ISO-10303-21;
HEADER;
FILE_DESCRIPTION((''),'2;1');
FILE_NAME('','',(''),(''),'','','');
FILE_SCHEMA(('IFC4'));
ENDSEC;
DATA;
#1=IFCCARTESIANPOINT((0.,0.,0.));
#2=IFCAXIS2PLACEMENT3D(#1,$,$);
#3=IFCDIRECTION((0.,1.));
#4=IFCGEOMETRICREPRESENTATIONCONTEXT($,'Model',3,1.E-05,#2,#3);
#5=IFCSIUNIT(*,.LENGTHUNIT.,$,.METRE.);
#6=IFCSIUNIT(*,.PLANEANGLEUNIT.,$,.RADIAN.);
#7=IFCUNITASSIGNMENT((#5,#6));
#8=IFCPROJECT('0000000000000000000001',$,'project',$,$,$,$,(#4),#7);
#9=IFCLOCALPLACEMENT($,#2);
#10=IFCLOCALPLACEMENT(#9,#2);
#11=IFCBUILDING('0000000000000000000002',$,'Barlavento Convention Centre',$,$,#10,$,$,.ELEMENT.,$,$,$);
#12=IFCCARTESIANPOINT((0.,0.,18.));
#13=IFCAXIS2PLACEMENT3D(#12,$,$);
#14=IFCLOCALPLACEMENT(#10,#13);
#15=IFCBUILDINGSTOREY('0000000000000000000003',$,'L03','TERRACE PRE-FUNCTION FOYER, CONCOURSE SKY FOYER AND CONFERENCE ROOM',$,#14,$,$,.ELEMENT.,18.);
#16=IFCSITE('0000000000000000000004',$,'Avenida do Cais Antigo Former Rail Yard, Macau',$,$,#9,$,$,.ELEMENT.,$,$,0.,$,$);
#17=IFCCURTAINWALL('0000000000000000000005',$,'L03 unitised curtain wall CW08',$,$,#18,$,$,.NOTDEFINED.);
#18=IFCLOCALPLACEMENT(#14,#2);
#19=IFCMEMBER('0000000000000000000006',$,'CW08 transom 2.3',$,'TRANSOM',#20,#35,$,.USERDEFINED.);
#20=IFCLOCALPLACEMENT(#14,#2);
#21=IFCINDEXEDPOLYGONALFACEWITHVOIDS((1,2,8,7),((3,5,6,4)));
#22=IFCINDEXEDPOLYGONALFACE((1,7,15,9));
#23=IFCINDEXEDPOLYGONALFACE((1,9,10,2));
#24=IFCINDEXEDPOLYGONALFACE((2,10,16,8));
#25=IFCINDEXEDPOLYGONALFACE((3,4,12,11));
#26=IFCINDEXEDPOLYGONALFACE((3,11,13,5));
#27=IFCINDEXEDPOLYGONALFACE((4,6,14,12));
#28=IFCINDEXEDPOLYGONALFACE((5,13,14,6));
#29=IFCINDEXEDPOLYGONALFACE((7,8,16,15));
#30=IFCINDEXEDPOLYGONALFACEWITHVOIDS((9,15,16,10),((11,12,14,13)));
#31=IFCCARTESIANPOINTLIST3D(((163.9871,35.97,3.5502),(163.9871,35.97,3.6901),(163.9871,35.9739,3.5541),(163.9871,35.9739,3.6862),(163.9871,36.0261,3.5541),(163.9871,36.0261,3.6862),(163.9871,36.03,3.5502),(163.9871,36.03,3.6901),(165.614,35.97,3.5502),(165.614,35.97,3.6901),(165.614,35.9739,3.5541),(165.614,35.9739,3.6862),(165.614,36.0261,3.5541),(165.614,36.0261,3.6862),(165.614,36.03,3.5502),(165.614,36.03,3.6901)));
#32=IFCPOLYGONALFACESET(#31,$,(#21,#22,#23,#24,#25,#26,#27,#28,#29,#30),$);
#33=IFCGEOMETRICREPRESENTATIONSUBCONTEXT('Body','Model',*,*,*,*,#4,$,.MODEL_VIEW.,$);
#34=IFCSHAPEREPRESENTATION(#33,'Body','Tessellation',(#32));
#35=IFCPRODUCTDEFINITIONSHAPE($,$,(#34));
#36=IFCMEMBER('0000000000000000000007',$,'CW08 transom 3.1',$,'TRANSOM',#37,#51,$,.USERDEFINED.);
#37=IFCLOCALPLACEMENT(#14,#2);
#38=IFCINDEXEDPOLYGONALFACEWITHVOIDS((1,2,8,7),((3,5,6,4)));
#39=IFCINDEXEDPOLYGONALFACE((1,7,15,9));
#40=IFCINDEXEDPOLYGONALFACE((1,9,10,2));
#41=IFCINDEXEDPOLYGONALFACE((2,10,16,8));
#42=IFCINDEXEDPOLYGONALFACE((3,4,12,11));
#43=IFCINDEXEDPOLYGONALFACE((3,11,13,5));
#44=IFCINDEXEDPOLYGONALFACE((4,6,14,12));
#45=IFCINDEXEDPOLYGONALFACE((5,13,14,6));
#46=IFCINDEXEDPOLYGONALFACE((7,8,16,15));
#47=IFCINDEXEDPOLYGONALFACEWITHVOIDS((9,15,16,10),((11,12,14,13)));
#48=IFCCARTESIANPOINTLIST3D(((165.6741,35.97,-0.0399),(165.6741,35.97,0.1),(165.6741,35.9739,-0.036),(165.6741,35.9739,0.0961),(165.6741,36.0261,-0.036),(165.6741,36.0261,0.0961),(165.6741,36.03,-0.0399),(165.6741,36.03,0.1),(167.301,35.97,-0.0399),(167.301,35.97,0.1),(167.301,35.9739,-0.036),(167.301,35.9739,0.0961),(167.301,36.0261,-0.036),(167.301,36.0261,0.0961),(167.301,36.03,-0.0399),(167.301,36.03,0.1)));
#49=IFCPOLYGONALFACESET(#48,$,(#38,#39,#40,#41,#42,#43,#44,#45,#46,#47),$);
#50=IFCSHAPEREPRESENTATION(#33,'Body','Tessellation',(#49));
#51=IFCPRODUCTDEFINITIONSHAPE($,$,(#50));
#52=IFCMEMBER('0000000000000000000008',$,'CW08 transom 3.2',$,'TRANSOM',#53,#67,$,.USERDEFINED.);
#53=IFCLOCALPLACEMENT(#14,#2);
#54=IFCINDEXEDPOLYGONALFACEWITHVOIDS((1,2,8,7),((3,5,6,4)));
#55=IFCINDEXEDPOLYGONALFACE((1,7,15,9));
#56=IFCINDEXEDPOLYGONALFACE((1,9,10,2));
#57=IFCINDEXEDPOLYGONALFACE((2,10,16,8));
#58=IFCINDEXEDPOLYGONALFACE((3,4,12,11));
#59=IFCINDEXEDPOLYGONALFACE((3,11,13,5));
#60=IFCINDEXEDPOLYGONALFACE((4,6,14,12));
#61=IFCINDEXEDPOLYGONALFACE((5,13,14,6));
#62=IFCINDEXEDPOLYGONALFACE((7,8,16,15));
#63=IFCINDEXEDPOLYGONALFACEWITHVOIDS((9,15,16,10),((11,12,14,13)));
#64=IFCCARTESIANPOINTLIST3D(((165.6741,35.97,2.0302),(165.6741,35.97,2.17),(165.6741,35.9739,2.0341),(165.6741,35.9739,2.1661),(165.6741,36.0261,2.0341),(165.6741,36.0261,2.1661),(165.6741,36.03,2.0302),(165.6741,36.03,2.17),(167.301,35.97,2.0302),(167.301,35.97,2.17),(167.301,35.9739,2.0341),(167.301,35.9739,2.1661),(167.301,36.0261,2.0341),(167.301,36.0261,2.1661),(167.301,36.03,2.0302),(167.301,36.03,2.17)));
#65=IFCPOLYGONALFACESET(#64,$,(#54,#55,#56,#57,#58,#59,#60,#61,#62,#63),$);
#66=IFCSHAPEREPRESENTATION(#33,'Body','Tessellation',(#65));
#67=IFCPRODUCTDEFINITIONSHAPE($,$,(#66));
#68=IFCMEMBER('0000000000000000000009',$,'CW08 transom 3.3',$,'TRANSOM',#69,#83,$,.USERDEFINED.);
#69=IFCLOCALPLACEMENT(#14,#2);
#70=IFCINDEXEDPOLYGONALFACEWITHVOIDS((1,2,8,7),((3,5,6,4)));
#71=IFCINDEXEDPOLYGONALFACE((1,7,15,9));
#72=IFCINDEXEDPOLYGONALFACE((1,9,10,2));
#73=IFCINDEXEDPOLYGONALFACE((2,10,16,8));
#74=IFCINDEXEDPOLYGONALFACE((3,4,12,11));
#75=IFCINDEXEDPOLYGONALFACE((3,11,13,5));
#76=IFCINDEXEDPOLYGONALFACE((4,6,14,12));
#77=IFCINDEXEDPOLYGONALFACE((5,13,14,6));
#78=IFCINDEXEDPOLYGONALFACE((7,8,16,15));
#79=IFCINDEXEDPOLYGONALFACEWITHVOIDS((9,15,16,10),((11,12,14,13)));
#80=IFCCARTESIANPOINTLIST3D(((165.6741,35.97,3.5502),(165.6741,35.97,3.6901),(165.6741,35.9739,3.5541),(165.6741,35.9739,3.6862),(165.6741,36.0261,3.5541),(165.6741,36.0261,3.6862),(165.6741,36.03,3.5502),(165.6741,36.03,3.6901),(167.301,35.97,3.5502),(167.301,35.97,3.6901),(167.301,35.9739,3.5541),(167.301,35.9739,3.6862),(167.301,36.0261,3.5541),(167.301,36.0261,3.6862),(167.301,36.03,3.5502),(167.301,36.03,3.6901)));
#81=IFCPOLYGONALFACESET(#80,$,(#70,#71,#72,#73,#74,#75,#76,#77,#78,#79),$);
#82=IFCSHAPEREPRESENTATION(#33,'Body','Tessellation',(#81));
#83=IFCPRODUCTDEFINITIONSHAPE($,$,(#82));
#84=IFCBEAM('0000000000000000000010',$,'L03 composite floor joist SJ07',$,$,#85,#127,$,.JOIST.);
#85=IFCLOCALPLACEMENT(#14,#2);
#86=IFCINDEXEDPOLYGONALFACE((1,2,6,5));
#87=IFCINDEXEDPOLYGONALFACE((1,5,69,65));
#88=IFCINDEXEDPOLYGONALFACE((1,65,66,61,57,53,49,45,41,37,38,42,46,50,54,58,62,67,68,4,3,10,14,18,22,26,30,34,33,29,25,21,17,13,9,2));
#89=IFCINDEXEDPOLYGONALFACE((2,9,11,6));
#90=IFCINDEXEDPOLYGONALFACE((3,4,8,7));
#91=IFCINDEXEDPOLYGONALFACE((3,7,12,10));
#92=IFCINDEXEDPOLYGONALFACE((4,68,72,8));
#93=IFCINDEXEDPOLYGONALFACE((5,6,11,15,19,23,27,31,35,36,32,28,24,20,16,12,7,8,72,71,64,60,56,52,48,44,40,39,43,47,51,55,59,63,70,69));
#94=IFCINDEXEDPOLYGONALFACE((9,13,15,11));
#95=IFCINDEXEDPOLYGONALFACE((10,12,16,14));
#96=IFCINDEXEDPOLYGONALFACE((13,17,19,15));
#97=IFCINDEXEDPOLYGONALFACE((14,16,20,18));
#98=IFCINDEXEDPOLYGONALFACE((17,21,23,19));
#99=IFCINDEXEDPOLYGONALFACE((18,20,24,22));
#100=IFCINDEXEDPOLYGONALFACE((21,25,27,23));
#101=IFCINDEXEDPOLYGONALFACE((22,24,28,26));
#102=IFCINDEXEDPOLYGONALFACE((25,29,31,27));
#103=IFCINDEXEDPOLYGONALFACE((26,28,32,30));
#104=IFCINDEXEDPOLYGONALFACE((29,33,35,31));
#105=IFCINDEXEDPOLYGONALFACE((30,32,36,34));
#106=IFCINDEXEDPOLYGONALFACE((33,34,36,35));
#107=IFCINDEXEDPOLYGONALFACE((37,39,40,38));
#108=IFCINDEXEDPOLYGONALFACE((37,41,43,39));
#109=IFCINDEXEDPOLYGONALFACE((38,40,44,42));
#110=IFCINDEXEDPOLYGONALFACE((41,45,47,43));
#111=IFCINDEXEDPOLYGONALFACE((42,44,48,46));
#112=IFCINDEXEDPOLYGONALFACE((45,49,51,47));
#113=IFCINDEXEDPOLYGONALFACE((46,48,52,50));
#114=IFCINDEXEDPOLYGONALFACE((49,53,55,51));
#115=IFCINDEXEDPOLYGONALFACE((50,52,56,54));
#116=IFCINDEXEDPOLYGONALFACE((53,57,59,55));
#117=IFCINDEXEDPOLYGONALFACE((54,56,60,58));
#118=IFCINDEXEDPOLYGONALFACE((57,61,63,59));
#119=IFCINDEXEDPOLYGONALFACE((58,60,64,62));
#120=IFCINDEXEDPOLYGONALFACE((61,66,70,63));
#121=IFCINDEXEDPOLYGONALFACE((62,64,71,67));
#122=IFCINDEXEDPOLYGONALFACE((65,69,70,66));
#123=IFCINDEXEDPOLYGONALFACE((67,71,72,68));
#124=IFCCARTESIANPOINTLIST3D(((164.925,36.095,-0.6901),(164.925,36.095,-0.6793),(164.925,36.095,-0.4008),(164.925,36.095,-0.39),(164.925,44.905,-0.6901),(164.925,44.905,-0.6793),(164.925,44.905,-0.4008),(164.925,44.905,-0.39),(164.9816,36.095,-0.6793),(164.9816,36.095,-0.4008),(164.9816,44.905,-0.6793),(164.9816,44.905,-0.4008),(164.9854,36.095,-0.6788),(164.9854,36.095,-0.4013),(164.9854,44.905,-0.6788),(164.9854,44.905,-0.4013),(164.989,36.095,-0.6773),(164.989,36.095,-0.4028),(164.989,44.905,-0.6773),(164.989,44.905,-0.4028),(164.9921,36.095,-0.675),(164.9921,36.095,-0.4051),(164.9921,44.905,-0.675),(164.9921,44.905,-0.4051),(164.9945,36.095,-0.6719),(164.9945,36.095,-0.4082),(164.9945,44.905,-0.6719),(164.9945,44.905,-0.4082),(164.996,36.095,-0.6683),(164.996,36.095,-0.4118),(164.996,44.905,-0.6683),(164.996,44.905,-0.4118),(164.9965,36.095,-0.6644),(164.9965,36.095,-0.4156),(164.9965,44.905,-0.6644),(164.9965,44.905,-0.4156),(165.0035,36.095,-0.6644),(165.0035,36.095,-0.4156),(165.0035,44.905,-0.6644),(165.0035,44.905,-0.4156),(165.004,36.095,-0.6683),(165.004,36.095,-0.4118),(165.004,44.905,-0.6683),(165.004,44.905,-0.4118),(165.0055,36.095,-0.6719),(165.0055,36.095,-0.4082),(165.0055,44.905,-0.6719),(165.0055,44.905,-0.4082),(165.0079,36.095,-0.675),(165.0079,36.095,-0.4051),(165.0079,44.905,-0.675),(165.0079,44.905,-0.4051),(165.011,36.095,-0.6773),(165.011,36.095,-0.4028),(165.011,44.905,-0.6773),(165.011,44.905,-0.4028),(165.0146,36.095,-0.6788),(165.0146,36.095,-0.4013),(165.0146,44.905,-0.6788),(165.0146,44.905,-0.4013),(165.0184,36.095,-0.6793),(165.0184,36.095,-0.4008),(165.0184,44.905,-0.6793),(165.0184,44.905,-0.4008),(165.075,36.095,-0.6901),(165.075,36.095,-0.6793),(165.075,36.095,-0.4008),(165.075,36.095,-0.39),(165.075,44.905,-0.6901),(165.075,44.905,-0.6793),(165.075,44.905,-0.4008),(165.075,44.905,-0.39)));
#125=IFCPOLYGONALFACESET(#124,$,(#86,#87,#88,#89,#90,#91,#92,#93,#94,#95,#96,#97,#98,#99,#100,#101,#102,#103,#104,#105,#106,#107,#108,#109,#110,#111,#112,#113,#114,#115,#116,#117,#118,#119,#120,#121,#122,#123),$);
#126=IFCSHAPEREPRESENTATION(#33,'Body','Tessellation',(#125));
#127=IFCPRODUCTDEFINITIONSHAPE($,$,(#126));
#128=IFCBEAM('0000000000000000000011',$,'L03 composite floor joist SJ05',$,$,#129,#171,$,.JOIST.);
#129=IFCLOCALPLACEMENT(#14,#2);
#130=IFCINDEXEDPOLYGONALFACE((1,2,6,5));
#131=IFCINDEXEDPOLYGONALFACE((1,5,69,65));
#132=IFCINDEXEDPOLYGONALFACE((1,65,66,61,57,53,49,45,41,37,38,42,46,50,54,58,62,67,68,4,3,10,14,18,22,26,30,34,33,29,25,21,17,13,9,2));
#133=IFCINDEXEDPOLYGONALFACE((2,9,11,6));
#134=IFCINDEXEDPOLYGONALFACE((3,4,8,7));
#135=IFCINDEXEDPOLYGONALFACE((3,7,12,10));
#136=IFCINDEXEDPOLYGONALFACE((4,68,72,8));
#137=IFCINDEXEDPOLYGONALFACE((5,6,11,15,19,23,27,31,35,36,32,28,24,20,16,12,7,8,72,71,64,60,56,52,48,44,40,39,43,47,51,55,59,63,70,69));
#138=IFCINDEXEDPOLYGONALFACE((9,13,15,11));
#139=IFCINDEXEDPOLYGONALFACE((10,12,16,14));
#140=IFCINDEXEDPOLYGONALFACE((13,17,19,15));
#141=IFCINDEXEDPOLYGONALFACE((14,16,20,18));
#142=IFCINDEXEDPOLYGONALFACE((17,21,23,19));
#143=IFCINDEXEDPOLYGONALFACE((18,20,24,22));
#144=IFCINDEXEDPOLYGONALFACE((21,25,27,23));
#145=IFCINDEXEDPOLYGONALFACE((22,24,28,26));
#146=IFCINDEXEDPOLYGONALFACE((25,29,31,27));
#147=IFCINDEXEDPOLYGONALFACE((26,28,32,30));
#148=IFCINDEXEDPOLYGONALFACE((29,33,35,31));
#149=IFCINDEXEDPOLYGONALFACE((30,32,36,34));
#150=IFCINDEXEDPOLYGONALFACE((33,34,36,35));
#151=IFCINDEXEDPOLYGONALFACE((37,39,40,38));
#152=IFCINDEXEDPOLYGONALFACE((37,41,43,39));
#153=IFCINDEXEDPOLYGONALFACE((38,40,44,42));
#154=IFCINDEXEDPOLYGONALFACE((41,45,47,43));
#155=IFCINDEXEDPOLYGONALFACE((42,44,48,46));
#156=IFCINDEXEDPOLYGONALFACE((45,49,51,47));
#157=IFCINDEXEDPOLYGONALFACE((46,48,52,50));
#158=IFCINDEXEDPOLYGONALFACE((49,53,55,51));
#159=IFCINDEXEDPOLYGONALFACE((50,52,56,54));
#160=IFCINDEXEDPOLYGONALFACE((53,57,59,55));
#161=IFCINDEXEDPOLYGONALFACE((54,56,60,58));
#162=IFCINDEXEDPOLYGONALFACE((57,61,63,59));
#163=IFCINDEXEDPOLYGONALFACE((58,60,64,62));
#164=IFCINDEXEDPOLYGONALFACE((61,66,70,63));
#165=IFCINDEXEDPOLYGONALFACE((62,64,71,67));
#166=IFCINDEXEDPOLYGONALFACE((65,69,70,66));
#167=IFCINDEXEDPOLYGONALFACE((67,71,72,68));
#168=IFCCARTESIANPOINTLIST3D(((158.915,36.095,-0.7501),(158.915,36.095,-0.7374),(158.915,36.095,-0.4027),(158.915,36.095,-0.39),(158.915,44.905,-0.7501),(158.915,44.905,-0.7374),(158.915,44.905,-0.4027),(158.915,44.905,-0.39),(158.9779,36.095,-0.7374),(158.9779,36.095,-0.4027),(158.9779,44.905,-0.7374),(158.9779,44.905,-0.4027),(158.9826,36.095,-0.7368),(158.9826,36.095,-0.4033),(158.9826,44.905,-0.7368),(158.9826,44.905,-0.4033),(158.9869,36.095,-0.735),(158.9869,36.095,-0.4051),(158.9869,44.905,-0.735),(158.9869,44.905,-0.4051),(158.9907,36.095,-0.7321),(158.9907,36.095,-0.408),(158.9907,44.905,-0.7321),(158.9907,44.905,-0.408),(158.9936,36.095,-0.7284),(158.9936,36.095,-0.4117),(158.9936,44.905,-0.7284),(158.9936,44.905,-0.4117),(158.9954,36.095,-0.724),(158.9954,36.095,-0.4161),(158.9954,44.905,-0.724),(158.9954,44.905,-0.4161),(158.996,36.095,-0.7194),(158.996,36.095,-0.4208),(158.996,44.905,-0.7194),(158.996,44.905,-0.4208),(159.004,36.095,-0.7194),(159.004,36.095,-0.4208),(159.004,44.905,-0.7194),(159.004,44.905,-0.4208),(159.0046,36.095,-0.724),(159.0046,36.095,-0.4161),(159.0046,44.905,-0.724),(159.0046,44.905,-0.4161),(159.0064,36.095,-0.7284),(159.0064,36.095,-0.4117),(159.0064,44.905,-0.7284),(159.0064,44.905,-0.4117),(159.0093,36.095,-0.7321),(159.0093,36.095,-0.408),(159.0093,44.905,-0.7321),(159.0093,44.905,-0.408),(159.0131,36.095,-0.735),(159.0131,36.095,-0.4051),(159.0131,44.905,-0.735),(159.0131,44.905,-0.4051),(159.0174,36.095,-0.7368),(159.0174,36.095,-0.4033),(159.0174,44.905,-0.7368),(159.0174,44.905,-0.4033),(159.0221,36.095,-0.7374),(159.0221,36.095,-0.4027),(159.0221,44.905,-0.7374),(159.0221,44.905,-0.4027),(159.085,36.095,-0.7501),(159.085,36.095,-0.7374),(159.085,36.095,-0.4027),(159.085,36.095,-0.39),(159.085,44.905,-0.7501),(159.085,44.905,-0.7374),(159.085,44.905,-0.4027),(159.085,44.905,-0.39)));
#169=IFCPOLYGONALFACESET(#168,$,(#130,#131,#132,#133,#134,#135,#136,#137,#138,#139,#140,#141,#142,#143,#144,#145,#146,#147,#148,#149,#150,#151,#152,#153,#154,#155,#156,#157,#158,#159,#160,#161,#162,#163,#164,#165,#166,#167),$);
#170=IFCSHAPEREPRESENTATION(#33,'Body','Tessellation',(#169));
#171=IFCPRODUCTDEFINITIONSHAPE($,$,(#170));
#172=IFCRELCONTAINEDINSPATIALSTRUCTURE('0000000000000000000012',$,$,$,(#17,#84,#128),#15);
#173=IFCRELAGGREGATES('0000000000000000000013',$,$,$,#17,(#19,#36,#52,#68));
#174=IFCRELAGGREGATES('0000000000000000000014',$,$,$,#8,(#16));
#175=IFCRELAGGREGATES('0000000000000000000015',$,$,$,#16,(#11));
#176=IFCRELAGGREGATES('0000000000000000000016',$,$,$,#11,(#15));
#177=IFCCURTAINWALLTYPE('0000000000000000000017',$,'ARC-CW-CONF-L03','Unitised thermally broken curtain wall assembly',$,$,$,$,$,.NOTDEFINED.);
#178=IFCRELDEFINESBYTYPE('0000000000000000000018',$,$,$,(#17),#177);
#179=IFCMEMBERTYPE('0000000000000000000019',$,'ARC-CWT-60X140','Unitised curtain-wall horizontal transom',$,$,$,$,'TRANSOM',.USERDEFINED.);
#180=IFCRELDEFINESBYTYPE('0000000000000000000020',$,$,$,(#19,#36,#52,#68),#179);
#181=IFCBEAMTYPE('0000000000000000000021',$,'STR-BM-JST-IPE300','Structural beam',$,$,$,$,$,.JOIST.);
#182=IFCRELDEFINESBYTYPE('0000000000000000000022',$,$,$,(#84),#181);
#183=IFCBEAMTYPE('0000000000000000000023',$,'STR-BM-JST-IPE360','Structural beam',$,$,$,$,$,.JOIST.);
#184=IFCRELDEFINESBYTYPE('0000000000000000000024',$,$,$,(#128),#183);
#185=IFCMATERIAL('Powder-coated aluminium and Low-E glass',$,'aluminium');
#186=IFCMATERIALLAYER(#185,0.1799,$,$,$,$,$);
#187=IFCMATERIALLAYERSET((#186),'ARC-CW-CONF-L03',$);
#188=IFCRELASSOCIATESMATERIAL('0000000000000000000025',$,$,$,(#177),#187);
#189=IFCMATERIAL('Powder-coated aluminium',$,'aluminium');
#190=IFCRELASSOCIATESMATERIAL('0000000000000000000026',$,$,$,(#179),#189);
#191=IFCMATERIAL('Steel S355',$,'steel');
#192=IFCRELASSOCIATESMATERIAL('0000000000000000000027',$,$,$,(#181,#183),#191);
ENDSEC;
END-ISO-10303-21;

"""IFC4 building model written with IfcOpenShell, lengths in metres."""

from ifc_helpers import new_model, si_unit, direction, frame, origin, origin_2d, place, context, subcontext, project, spatial, hollow_rectangle, i_section, extrude, material, layer, layer_set, material_profile, profile_set, type_object, element, aggregate, save


model = new_model("IFC4")

# Units and contexts
model_context = context("Model", 3, precision=1e-05, world=origin(), true_north=direction((0.0, 1.0)))
body_context = subcontext(model_context, "Body", "Model", "MODEL_VIEW")
ifc_project = project(units=[si_unit("LENGTHUNIT", "METRE"), si_unit("PLANEANGLEUNIT", "RADIAN")], contexts=[model_context])

# Site, building, storey
site_placement = place(None, origin())
site = spatial("IfcSite", under=ifc_project, at=site_placement, Name="Avenida do Cais Antigo Former Rail Yard, Macau", CompositionType="ELEMENT", RefElevation=0.0)
building_placement = place(site_placement, origin())
building = spatial("IfcBuilding", under=site, at=building_placement, Name="Barlavento Convention Centre", CompositionType="ELEMENT")
storey_placement = place(building_placement, frame((0.0, 0.0, 18.0)))
storey = spatial("IfcBuildingStorey", under=building, at=storey_placement, Name="L03", Description="TERRACE PRE-FUNCTION FOYER, CONCOURSE SKY FOYER AND CONFERENCE ROOM", CompositionType="ELEMENT", Elevation=18.0)

# Shared definitions
ifc_material_1 = material(Name="Steel S355", Category="steel")

# Curtain wall, members
ifc_material_2 = material(Name="Powder-coated aluminium and Low-E glass", Category="aluminium")
ifc_layer_1 = layer(ifc_material_2, 0.1799)
ifc_layer_set_1 = layer_set([ifc_layer_1], Name="ARC-CW-CONF-L03")
curtain_wall_type = type_object("IfcCurtainWallType", Name="ARC-CW-CONF-L03", Description="Unitised thermally broken curtain wall assembly", PredefinedType="NOTDEFINED", material=ifc_layer_set_1)
curtain_wall_placement = place(storey_placement, origin())
curtain_wall = element("IfcCurtainWall", 1, at=curtain_wall_placement, inside=storey, type_object=curtain_wall_type, Name="L03 unitised curtain wall CW08", PredefinedType="NOTDEFINED")
ifc_material_3 = material(Name="Powder-coated aluminium", Category="aluminium")
ifc_material_profile_1 = material_profile(ifc_material_3, hollow_rectangle(XDim=0.0601, YDim=0.1399, WallThickness=0.0039, at=origin_2d()), Name="AL-TRAN 60x140x4")
ifc_profile_set_1 = profile_set([ifc_material_profile_1], Name="Powder-coated aluminium")
member_type_1 = type_object("IfcMemberType", Name="ARC-CWT-60X140", Description="Unitised curtain-wall horizontal transom", ElementType="TRANSOM", PredefinedType="USERDEFINED", material=ifc_profile_set_1)
member_1_placement = place(storey_placement, frame((163.9871, 36.0, 3.6201), z_axis=(1.0, 0.0, 0.0), x_axis=(0.0, 1.0, 0.0)))
member_1 = element("IfcMember", 2, at=member_1_placement, type_object=member_type_1, Name="CW08 transom 2.3", ObjectType="TRANSOM", PredefinedType="USERDEFINED", context=body_context, shape_type="SweptSolid", body=[
    extrude(hollow_rectangle(XDim=0.0601, YDim=0.1399, WallThickness=0.0039, at=origin_2d()), origin(), (0.0, 0.0, 1.0), 1.627),
])
member_2_placement = place(storey_placement, frame((165.6741, 36.0, 0.03), z_axis=(1.0, 0.0, 0.0), x_axis=(0.0, 1.0, 0.0)))
member_2 = element("IfcMember", 3, at=member_2_placement, type_object=member_type_1, Name="CW08 transom 3.1", ObjectType="TRANSOM", PredefinedType="USERDEFINED", context=body_context, shape_type="SweptSolid", body=[
    extrude(hollow_rectangle(XDim=0.0601, YDim=0.1399, WallThickness=0.0039, at=origin_2d()), origin(), (0.0, 0.0, 1.0), 1.627),
])
member_3_placement = place(storey_placement, frame((165.6741, 36.0, 2.1001), z_axis=(1.0, 0.0, 0.0), x_axis=(0.0, 1.0, 0.0)))
member_3 = element("IfcMember", 4, at=member_3_placement, type_object=member_type_1, Name="CW08 transom 3.2", ObjectType="TRANSOM", PredefinedType="USERDEFINED", context=body_context, shape_type="SweptSolid", body=[
    extrude(hollow_rectangle(XDim=0.0601, YDim=0.1399, WallThickness=0.0039, at=origin_2d()), origin(), (0.0, 0.0, 1.0), 1.627),
])
member_4_placement = place(storey_placement, frame((165.6741, 36.0, 3.6201), z_axis=(1.0, 0.0, 0.0), x_axis=(0.0, 1.0, 0.0)))
member_4 = element("IfcMember", 5, at=member_4_placement, type_object=member_type_1, Name="CW08 transom 3.3", ObjectType="TRANSOM", PredefinedType="USERDEFINED", context=body_context, shape_type="SweptSolid", body=[
    extrude(hollow_rectangle(XDim=0.0601, YDim=0.1399, WallThickness=0.0039, at=origin_2d()), origin(), (0.0, 0.0, 1.0), 1.627),
])

# Beams
ifc_material_profile_2 = material_profile(ifc_material_1, i_section(OverallWidth=0.1499, OverallDepth=0.3, WebThickness=0.0071, FlangeThickness=0.0107, FilletRadius=0.0149, at=origin_2d()), Name="IPE 300")
ifc_profile_set_2 = profile_set([ifc_material_profile_2], Name="Steel S355")
beam_type_1 = type_object("IfcBeamType", Name="STR-BM-JST-IPE300", Description="Structural beam", PredefinedType="JOIST", material=ifc_profile_set_2)
beam_1_placement = place(storey_placement, frame((165.0, 36.095, -0.54), z_axis=(0.0, 1.0, 0.0), x_axis=(-1.0, 0.0, 0.0)))
element("IfcBeam", 6, at=beam_1_placement, inside=storey, type_object=beam_type_1, Name="L03 composite floor joist SJ07", PredefinedType="JOIST", context=body_context, shape_type="SweptSolid", body=[
    extrude(i_section(OverallWidth=0.1499, OverallDepth=0.3, WebThickness=0.0071, FlangeThickness=0.0107, FilletRadius=0.0149, at=origin_2d()), origin(), (0.0, 0.0, 1.0), 8.8101),
])
ifc_material_profile_3 = material_profile(ifc_material_1, i_section(OverallWidth=0.1699, OverallDepth=0.3601, WebThickness=0.0081, FlangeThickness=0.0127, FilletRadius=0.0181, at=origin_2d()), Name="IPE 360")
ifc_profile_set_3 = profile_set([ifc_material_profile_3], Name="Steel S355")
beam_type_2 = type_object("IfcBeamType", Name="STR-BM-JST-IPE360", Description="Structural beam", PredefinedType="JOIST", material=ifc_profile_set_3)
beam_2_placement = place(storey_placement, frame((159.0, 36.095, -0.5701), z_axis=(0.0, 1.0, 0.0), x_axis=(-1.0, 0.0, 0.0)))
element("IfcBeam", 7, at=beam_2_placement, inside=storey, type_object=beam_type_2, Name="L03 composite floor joist SJ05", PredefinedType="JOIST", context=body_context, shape_type="SweptSolid", body=[
    extrude(i_section(OverallWidth=0.1699, OverallDepth=0.3601, WebThickness=0.0081, FlangeThickness=0.0127, FilletRadius=0.0181, at=origin_2d()), origin(), (0.0, 0.0, 1.0), 8.8101),
])

aggregate(curtain_wall, [member_1, member_2, member_3, member_4])

save(model, "model.ifc")
